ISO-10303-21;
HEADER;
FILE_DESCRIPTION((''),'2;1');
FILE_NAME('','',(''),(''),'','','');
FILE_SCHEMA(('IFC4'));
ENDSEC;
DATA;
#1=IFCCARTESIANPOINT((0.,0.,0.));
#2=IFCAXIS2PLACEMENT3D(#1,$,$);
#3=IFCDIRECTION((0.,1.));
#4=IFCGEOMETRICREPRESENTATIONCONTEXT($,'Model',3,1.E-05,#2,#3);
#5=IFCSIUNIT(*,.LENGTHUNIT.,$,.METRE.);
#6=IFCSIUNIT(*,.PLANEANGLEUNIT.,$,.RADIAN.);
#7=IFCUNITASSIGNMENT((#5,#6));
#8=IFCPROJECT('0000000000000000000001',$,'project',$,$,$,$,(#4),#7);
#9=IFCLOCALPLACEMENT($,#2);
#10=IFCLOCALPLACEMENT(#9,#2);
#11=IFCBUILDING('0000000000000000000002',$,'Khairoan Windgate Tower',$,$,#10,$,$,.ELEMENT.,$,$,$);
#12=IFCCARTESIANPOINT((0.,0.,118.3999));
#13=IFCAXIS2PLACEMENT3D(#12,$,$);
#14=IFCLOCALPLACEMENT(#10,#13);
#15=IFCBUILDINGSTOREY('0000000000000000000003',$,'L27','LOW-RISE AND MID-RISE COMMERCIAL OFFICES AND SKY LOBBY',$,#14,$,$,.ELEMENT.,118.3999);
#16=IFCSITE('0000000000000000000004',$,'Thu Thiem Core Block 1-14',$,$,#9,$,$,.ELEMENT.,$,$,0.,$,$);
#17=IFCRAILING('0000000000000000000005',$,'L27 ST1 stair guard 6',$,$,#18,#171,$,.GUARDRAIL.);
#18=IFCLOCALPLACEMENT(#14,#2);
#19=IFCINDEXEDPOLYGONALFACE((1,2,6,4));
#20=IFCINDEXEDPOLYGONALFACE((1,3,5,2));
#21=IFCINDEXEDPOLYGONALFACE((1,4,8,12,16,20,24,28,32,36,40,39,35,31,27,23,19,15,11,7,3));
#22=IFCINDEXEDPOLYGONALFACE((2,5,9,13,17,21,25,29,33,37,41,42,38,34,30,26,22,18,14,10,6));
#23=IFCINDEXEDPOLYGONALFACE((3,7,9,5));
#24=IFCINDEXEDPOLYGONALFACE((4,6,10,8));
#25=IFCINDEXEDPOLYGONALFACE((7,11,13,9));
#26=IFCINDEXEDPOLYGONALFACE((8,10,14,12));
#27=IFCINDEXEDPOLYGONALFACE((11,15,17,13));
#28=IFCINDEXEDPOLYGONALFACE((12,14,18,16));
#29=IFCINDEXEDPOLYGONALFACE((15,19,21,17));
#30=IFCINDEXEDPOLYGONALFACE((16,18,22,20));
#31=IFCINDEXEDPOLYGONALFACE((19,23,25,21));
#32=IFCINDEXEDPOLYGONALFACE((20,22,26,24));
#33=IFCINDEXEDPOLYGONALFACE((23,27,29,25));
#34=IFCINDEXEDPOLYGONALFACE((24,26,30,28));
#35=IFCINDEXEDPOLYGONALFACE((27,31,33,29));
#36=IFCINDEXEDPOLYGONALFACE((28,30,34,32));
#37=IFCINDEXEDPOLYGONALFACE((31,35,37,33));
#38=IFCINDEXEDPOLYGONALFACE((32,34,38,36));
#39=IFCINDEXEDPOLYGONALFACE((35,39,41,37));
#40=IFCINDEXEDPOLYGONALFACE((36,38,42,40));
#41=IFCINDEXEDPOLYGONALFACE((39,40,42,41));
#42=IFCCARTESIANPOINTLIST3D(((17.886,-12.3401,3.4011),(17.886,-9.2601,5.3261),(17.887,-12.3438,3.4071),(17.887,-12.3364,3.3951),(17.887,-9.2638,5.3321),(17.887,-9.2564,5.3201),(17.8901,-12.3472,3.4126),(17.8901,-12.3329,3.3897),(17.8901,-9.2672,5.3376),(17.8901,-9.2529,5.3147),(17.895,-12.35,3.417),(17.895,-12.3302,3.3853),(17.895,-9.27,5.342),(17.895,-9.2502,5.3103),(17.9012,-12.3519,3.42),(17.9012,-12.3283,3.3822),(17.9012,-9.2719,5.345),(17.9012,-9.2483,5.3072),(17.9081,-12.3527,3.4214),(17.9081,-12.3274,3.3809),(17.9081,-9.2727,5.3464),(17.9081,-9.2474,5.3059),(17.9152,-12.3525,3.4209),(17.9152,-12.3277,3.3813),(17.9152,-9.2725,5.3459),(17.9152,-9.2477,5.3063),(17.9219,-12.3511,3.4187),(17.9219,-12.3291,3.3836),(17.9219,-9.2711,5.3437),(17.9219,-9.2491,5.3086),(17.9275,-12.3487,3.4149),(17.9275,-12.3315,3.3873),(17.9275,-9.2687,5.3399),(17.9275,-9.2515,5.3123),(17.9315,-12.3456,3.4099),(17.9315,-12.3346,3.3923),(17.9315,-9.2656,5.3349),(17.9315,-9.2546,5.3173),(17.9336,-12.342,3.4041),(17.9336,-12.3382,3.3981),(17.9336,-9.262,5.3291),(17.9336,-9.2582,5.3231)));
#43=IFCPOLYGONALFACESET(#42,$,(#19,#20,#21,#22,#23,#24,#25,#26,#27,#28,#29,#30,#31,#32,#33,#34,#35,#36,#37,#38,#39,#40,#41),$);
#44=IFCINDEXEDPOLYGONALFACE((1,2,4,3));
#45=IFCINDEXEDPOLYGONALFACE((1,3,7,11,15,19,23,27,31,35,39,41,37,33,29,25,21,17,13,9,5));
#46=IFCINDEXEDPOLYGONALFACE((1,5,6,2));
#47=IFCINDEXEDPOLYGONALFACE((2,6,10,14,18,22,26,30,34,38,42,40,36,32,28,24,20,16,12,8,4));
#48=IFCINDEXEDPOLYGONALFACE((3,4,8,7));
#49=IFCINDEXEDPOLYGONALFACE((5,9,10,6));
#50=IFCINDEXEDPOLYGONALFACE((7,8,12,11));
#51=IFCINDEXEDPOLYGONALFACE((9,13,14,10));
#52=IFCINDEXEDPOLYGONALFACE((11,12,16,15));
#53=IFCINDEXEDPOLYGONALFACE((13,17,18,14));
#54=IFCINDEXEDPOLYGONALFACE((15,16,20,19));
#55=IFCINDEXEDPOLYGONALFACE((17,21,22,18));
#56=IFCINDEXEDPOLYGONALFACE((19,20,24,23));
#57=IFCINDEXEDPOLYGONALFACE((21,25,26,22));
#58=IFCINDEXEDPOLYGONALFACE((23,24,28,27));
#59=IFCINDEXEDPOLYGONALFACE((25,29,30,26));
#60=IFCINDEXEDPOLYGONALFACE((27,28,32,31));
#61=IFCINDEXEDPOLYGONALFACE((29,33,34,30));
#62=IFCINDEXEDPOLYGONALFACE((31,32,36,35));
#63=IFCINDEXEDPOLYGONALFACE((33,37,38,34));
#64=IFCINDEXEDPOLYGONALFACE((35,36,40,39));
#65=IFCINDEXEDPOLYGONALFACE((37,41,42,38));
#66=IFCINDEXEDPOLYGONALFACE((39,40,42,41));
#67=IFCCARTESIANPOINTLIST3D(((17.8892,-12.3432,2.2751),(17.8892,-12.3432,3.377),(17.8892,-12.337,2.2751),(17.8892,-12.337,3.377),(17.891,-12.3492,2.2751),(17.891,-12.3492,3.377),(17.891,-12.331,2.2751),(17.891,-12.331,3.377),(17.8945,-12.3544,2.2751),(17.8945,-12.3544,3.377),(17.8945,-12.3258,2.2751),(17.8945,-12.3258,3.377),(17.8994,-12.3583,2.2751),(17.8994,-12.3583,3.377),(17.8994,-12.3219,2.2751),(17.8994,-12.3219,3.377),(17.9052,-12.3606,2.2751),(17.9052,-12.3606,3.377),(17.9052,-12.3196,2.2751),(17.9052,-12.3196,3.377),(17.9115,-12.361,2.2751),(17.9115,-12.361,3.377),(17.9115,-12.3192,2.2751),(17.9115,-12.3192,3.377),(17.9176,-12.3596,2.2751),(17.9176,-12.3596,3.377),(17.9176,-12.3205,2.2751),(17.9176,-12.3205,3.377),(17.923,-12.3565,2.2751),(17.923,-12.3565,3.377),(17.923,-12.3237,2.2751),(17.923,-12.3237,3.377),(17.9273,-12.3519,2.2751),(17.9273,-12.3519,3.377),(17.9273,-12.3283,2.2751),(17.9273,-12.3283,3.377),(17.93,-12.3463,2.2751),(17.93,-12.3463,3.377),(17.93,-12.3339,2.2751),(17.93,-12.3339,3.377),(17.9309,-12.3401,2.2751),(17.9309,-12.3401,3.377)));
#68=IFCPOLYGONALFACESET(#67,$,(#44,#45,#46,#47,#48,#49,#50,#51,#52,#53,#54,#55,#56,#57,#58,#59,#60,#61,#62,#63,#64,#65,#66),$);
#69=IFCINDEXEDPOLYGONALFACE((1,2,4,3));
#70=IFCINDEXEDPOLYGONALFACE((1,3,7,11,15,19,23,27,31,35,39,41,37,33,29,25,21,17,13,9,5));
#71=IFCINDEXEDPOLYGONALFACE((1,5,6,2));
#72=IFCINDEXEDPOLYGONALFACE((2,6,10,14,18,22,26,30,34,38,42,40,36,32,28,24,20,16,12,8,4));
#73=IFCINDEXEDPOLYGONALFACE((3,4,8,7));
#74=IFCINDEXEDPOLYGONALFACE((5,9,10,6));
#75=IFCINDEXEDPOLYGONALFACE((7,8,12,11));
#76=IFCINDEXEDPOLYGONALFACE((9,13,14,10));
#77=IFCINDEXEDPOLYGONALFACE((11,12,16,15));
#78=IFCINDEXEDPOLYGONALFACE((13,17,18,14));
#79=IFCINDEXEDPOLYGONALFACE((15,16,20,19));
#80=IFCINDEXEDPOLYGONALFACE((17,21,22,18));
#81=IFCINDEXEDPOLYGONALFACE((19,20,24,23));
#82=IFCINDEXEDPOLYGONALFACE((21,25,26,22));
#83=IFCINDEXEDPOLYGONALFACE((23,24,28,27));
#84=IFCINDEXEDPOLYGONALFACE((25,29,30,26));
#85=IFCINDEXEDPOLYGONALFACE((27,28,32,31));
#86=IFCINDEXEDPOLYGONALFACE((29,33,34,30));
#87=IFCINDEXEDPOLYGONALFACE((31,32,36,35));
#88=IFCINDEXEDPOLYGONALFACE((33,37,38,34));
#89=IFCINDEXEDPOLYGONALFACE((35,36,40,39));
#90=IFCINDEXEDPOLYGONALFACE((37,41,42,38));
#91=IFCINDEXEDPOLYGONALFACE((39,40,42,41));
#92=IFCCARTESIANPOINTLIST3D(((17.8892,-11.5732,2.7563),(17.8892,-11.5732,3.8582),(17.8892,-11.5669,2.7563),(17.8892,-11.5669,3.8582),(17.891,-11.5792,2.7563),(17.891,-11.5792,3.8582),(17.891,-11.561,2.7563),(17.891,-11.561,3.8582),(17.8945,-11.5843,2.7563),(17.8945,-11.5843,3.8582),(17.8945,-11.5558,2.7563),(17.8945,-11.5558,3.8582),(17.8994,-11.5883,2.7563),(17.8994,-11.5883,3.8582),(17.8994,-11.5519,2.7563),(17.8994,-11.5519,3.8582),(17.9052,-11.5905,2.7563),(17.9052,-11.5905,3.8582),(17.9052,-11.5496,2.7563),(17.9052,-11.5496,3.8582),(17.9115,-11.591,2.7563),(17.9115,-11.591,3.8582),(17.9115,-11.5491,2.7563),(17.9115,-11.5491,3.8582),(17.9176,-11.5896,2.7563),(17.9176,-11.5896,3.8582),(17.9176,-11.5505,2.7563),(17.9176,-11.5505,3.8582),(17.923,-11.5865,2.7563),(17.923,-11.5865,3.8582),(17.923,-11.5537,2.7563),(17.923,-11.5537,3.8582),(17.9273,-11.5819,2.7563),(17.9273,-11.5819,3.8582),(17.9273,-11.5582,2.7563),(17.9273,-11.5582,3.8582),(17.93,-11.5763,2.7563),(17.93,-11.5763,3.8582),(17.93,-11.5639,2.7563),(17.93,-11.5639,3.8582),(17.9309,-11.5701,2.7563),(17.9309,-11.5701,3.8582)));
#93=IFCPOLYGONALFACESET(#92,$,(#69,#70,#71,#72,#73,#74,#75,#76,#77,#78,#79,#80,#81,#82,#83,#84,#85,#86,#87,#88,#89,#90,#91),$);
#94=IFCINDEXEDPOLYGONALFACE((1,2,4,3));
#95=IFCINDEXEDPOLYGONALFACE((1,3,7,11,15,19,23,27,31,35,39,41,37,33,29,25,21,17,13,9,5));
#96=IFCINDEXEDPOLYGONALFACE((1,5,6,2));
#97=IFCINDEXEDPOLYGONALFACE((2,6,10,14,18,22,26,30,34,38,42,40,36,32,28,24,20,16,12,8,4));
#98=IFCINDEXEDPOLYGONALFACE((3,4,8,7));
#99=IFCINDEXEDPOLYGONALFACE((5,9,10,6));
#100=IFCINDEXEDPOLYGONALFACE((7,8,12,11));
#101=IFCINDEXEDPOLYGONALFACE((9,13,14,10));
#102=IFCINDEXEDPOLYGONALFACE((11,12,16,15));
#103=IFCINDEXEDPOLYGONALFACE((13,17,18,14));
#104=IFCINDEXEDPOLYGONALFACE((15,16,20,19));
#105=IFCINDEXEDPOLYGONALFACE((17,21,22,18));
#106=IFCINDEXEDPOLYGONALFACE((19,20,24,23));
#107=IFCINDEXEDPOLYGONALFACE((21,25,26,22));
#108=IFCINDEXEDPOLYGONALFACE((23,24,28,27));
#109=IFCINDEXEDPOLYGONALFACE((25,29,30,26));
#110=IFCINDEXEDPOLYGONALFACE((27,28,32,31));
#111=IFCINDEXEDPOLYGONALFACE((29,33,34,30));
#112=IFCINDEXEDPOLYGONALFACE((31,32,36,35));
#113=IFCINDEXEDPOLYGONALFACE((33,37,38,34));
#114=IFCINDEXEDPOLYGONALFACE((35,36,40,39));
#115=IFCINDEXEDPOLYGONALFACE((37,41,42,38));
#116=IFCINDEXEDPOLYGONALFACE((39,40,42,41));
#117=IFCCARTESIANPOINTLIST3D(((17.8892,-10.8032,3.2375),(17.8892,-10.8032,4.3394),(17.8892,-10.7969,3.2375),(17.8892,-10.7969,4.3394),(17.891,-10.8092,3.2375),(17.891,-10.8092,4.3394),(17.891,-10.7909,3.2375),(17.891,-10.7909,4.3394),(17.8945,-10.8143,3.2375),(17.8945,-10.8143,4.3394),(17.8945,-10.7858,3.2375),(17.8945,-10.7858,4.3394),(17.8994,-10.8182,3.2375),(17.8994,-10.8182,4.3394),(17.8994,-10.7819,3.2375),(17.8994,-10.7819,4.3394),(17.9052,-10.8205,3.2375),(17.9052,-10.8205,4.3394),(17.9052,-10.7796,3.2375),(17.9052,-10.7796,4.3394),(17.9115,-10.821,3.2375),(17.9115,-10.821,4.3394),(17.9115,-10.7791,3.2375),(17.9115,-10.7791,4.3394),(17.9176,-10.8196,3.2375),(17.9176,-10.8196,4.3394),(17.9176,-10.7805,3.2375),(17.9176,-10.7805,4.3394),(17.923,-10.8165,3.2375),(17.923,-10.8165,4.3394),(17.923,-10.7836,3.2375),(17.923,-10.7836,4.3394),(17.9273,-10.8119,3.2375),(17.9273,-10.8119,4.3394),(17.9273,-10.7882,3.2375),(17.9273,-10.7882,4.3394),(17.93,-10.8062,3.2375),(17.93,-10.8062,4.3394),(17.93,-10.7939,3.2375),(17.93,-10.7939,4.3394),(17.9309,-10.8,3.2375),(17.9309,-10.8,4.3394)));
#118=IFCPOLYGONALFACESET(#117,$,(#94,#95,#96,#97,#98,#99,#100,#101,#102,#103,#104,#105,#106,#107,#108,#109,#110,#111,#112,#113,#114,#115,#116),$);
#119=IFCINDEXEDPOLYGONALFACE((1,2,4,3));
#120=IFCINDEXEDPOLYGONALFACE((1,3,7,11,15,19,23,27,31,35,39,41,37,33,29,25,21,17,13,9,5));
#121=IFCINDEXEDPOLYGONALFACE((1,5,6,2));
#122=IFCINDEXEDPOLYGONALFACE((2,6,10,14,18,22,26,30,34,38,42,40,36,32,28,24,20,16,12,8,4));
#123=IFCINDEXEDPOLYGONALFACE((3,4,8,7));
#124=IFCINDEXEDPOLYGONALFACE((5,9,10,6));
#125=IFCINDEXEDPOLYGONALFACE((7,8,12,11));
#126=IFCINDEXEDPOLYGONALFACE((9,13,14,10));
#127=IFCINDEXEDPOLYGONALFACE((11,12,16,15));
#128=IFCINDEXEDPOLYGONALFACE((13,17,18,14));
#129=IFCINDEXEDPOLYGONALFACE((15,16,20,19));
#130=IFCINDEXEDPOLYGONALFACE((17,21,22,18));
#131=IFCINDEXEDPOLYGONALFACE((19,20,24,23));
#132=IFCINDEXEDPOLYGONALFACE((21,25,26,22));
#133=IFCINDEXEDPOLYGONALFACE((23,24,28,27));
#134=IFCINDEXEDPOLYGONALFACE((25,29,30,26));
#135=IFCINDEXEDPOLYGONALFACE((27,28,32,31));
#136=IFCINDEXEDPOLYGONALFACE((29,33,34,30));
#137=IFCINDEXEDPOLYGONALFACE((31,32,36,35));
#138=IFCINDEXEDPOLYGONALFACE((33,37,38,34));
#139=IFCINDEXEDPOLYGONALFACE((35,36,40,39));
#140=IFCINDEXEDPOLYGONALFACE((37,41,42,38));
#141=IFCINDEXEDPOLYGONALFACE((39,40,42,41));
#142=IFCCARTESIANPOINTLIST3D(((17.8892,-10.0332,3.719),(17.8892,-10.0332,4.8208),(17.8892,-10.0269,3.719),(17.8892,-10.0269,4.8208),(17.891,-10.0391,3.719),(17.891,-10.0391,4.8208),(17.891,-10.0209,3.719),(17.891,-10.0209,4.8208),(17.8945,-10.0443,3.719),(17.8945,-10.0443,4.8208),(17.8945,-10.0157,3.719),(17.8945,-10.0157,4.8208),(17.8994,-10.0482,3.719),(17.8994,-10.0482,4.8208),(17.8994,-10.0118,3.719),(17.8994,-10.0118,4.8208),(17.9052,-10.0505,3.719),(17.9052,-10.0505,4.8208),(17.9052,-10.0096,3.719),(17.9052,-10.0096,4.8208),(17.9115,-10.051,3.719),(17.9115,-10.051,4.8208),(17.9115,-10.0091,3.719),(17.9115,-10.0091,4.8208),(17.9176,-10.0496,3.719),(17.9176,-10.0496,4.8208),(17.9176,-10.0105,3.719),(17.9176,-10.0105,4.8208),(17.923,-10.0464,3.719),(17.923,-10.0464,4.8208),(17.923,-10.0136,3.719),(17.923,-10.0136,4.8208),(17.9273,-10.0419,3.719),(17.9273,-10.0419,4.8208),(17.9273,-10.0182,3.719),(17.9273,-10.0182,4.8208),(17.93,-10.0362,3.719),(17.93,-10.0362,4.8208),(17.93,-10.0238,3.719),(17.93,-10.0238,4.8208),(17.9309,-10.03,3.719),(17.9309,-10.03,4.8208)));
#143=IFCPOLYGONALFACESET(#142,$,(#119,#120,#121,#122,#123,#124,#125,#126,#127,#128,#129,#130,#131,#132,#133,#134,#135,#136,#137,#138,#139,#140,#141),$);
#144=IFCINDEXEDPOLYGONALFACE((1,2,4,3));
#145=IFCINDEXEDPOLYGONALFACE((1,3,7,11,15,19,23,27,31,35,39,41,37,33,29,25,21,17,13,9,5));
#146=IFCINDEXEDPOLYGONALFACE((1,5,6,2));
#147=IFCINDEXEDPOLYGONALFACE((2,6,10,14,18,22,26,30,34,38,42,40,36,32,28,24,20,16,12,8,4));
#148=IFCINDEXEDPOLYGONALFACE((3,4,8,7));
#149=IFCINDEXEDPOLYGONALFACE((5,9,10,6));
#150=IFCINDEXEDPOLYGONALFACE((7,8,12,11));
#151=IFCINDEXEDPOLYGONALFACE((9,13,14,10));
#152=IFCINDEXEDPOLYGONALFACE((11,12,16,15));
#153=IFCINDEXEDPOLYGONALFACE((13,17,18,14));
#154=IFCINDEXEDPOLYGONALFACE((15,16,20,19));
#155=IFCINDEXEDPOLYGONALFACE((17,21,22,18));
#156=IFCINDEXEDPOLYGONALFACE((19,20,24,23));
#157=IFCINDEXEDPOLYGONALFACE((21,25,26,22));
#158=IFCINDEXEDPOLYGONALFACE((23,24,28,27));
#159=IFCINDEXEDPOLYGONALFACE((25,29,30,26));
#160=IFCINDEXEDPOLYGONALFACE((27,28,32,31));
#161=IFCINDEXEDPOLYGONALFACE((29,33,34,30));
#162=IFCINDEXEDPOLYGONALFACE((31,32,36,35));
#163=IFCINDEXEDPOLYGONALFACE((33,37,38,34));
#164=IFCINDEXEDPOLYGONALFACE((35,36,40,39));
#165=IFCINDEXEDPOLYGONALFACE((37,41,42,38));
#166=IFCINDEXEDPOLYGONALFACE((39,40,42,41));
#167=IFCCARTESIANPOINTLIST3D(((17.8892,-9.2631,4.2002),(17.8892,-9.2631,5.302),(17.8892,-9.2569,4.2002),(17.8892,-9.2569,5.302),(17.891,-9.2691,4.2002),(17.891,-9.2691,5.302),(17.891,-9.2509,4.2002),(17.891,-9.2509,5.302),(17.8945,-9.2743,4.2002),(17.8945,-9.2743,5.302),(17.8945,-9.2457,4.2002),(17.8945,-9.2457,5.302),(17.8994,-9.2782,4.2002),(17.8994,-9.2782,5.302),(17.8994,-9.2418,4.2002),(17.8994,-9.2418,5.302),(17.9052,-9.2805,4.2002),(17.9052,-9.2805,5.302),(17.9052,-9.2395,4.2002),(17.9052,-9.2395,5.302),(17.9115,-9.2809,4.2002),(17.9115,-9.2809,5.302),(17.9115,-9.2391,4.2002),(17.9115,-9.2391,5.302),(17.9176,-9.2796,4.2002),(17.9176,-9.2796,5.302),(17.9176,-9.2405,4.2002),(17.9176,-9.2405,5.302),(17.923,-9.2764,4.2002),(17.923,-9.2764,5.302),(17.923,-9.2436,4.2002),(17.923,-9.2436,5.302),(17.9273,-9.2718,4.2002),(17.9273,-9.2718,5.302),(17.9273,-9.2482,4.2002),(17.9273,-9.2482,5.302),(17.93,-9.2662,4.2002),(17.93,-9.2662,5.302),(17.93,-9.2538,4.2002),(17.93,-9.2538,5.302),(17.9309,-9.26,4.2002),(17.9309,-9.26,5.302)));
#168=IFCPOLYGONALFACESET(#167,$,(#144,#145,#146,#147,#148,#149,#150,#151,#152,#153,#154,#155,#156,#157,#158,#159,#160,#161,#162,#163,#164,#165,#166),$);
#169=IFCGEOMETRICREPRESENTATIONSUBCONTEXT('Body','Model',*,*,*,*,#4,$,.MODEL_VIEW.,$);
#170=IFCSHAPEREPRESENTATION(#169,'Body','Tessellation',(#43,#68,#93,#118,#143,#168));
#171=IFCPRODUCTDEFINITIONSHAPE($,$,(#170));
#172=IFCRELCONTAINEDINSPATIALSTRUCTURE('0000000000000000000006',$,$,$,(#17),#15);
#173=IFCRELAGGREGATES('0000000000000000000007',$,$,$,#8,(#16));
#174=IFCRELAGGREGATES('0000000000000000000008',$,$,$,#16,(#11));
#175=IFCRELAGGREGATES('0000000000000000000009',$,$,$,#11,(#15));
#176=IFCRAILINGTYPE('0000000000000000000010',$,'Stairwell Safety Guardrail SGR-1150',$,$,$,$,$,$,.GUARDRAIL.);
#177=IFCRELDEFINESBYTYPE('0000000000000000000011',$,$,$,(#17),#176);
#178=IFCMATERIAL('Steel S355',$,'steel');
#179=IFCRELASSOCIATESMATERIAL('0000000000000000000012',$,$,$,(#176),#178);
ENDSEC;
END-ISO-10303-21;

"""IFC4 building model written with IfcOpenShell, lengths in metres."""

from ifc_helpers import new_model, si_unit, direction, frame, origin, origin_2d, place, context, subcontext, project, spatial, circle, extrude, material, type_object, element, save


model = new_model("IFC4")

# Units and contexts
model_context = context("Model", 3, precision=1e-05, world=origin(), true_north=direction((0.0, 1.0)))
body_context = subcontext(model_context, "Body", "Model", "MODEL_VIEW")
ifc_project = project(units=[si_unit("LENGTHUNIT", "METRE"), si_unit("PLANEANGLEUNIT", "RADIAN")], contexts=[model_context])

# Site, building, storey
site_placement = place(None, origin())
site = spatial("IfcSite", under=ifc_project, at=site_placement, Name="Thu Thiem Core Block 1-14", CompositionType="ELEMENT", RefElevation=0.0)
building_placement = place(site_placement, origin())
building = spatial("IfcBuilding", under=site, at=building_placement, Name="Khairoan Windgate Tower", CompositionType="ELEMENT")
storey_placement = place(building_placement, frame((0.0, 0.0, 118.3999)))
storey = spatial("IfcBuildingStorey", under=building, at=storey_placement, Name="L27", Description="LOW-RISE AND MID-RISE COMMERCIAL OFFICES AND SKY LOBBY", CompositionType="ELEMENT", Elevation=118.3999)

# Railing
ifc_material_1 = material(Name="Steel S355", Category="steel")
railing_type_1 = type_object("IfcRailingType", Name="Stairwell Safety Guardrail SGR-1150", PredefinedType="GUARDRAIL", material=ifc_material_1)
railing_1_placement = place(storey_placement, frame((17.9099, -12.3401, 2.2751)))
element("IfcRailing", 1, at=railing_1_placement, inside=storey, type_object=railing_type_1, Name="L27 ST1 stair guard 6", PredefinedType="GUARDRAIL", context=body_context, shape_type="SweptSolid", body=[
    extrude(circle(Radius=0.0239, at=origin_2d()), frame((0.0, 0.0, 1.126), z_axis=(0.0, 0.847998, 0.529999), x_axis=(-1.0, 0.0, 0.0)), (0.0, 0.0, 1.0), 3.6321),
    extrude(circle(Radius=0.021, at=origin_2d()), origin(), (0.0, 0.0, 1.0), 1.1018),
    extrude(circle(Radius=0.021, at=origin_2d()), frame((0.0, 0.77, 0.4812)), (0.0, 0.0, 1.0), 1.1018),
    extrude(circle(Radius=0.021, at=origin_2d()), frame((0.0, 1.54, 0.9624)), (0.0, 0.0, 1.0), 1.1018),
    extrude(circle(Radius=0.021, at=origin_2d()), frame((0.0, 2.3101, 1.4438)), (0.0, 0.0, 1.0), 1.1018),
    extrude(circle(Radius=0.021, at=origin_2d()), frame((0.0, 3.0801, 1.925)), (0.0, 0.0, 1.0), 1.1018),
])

save(model, "model.ifc")
